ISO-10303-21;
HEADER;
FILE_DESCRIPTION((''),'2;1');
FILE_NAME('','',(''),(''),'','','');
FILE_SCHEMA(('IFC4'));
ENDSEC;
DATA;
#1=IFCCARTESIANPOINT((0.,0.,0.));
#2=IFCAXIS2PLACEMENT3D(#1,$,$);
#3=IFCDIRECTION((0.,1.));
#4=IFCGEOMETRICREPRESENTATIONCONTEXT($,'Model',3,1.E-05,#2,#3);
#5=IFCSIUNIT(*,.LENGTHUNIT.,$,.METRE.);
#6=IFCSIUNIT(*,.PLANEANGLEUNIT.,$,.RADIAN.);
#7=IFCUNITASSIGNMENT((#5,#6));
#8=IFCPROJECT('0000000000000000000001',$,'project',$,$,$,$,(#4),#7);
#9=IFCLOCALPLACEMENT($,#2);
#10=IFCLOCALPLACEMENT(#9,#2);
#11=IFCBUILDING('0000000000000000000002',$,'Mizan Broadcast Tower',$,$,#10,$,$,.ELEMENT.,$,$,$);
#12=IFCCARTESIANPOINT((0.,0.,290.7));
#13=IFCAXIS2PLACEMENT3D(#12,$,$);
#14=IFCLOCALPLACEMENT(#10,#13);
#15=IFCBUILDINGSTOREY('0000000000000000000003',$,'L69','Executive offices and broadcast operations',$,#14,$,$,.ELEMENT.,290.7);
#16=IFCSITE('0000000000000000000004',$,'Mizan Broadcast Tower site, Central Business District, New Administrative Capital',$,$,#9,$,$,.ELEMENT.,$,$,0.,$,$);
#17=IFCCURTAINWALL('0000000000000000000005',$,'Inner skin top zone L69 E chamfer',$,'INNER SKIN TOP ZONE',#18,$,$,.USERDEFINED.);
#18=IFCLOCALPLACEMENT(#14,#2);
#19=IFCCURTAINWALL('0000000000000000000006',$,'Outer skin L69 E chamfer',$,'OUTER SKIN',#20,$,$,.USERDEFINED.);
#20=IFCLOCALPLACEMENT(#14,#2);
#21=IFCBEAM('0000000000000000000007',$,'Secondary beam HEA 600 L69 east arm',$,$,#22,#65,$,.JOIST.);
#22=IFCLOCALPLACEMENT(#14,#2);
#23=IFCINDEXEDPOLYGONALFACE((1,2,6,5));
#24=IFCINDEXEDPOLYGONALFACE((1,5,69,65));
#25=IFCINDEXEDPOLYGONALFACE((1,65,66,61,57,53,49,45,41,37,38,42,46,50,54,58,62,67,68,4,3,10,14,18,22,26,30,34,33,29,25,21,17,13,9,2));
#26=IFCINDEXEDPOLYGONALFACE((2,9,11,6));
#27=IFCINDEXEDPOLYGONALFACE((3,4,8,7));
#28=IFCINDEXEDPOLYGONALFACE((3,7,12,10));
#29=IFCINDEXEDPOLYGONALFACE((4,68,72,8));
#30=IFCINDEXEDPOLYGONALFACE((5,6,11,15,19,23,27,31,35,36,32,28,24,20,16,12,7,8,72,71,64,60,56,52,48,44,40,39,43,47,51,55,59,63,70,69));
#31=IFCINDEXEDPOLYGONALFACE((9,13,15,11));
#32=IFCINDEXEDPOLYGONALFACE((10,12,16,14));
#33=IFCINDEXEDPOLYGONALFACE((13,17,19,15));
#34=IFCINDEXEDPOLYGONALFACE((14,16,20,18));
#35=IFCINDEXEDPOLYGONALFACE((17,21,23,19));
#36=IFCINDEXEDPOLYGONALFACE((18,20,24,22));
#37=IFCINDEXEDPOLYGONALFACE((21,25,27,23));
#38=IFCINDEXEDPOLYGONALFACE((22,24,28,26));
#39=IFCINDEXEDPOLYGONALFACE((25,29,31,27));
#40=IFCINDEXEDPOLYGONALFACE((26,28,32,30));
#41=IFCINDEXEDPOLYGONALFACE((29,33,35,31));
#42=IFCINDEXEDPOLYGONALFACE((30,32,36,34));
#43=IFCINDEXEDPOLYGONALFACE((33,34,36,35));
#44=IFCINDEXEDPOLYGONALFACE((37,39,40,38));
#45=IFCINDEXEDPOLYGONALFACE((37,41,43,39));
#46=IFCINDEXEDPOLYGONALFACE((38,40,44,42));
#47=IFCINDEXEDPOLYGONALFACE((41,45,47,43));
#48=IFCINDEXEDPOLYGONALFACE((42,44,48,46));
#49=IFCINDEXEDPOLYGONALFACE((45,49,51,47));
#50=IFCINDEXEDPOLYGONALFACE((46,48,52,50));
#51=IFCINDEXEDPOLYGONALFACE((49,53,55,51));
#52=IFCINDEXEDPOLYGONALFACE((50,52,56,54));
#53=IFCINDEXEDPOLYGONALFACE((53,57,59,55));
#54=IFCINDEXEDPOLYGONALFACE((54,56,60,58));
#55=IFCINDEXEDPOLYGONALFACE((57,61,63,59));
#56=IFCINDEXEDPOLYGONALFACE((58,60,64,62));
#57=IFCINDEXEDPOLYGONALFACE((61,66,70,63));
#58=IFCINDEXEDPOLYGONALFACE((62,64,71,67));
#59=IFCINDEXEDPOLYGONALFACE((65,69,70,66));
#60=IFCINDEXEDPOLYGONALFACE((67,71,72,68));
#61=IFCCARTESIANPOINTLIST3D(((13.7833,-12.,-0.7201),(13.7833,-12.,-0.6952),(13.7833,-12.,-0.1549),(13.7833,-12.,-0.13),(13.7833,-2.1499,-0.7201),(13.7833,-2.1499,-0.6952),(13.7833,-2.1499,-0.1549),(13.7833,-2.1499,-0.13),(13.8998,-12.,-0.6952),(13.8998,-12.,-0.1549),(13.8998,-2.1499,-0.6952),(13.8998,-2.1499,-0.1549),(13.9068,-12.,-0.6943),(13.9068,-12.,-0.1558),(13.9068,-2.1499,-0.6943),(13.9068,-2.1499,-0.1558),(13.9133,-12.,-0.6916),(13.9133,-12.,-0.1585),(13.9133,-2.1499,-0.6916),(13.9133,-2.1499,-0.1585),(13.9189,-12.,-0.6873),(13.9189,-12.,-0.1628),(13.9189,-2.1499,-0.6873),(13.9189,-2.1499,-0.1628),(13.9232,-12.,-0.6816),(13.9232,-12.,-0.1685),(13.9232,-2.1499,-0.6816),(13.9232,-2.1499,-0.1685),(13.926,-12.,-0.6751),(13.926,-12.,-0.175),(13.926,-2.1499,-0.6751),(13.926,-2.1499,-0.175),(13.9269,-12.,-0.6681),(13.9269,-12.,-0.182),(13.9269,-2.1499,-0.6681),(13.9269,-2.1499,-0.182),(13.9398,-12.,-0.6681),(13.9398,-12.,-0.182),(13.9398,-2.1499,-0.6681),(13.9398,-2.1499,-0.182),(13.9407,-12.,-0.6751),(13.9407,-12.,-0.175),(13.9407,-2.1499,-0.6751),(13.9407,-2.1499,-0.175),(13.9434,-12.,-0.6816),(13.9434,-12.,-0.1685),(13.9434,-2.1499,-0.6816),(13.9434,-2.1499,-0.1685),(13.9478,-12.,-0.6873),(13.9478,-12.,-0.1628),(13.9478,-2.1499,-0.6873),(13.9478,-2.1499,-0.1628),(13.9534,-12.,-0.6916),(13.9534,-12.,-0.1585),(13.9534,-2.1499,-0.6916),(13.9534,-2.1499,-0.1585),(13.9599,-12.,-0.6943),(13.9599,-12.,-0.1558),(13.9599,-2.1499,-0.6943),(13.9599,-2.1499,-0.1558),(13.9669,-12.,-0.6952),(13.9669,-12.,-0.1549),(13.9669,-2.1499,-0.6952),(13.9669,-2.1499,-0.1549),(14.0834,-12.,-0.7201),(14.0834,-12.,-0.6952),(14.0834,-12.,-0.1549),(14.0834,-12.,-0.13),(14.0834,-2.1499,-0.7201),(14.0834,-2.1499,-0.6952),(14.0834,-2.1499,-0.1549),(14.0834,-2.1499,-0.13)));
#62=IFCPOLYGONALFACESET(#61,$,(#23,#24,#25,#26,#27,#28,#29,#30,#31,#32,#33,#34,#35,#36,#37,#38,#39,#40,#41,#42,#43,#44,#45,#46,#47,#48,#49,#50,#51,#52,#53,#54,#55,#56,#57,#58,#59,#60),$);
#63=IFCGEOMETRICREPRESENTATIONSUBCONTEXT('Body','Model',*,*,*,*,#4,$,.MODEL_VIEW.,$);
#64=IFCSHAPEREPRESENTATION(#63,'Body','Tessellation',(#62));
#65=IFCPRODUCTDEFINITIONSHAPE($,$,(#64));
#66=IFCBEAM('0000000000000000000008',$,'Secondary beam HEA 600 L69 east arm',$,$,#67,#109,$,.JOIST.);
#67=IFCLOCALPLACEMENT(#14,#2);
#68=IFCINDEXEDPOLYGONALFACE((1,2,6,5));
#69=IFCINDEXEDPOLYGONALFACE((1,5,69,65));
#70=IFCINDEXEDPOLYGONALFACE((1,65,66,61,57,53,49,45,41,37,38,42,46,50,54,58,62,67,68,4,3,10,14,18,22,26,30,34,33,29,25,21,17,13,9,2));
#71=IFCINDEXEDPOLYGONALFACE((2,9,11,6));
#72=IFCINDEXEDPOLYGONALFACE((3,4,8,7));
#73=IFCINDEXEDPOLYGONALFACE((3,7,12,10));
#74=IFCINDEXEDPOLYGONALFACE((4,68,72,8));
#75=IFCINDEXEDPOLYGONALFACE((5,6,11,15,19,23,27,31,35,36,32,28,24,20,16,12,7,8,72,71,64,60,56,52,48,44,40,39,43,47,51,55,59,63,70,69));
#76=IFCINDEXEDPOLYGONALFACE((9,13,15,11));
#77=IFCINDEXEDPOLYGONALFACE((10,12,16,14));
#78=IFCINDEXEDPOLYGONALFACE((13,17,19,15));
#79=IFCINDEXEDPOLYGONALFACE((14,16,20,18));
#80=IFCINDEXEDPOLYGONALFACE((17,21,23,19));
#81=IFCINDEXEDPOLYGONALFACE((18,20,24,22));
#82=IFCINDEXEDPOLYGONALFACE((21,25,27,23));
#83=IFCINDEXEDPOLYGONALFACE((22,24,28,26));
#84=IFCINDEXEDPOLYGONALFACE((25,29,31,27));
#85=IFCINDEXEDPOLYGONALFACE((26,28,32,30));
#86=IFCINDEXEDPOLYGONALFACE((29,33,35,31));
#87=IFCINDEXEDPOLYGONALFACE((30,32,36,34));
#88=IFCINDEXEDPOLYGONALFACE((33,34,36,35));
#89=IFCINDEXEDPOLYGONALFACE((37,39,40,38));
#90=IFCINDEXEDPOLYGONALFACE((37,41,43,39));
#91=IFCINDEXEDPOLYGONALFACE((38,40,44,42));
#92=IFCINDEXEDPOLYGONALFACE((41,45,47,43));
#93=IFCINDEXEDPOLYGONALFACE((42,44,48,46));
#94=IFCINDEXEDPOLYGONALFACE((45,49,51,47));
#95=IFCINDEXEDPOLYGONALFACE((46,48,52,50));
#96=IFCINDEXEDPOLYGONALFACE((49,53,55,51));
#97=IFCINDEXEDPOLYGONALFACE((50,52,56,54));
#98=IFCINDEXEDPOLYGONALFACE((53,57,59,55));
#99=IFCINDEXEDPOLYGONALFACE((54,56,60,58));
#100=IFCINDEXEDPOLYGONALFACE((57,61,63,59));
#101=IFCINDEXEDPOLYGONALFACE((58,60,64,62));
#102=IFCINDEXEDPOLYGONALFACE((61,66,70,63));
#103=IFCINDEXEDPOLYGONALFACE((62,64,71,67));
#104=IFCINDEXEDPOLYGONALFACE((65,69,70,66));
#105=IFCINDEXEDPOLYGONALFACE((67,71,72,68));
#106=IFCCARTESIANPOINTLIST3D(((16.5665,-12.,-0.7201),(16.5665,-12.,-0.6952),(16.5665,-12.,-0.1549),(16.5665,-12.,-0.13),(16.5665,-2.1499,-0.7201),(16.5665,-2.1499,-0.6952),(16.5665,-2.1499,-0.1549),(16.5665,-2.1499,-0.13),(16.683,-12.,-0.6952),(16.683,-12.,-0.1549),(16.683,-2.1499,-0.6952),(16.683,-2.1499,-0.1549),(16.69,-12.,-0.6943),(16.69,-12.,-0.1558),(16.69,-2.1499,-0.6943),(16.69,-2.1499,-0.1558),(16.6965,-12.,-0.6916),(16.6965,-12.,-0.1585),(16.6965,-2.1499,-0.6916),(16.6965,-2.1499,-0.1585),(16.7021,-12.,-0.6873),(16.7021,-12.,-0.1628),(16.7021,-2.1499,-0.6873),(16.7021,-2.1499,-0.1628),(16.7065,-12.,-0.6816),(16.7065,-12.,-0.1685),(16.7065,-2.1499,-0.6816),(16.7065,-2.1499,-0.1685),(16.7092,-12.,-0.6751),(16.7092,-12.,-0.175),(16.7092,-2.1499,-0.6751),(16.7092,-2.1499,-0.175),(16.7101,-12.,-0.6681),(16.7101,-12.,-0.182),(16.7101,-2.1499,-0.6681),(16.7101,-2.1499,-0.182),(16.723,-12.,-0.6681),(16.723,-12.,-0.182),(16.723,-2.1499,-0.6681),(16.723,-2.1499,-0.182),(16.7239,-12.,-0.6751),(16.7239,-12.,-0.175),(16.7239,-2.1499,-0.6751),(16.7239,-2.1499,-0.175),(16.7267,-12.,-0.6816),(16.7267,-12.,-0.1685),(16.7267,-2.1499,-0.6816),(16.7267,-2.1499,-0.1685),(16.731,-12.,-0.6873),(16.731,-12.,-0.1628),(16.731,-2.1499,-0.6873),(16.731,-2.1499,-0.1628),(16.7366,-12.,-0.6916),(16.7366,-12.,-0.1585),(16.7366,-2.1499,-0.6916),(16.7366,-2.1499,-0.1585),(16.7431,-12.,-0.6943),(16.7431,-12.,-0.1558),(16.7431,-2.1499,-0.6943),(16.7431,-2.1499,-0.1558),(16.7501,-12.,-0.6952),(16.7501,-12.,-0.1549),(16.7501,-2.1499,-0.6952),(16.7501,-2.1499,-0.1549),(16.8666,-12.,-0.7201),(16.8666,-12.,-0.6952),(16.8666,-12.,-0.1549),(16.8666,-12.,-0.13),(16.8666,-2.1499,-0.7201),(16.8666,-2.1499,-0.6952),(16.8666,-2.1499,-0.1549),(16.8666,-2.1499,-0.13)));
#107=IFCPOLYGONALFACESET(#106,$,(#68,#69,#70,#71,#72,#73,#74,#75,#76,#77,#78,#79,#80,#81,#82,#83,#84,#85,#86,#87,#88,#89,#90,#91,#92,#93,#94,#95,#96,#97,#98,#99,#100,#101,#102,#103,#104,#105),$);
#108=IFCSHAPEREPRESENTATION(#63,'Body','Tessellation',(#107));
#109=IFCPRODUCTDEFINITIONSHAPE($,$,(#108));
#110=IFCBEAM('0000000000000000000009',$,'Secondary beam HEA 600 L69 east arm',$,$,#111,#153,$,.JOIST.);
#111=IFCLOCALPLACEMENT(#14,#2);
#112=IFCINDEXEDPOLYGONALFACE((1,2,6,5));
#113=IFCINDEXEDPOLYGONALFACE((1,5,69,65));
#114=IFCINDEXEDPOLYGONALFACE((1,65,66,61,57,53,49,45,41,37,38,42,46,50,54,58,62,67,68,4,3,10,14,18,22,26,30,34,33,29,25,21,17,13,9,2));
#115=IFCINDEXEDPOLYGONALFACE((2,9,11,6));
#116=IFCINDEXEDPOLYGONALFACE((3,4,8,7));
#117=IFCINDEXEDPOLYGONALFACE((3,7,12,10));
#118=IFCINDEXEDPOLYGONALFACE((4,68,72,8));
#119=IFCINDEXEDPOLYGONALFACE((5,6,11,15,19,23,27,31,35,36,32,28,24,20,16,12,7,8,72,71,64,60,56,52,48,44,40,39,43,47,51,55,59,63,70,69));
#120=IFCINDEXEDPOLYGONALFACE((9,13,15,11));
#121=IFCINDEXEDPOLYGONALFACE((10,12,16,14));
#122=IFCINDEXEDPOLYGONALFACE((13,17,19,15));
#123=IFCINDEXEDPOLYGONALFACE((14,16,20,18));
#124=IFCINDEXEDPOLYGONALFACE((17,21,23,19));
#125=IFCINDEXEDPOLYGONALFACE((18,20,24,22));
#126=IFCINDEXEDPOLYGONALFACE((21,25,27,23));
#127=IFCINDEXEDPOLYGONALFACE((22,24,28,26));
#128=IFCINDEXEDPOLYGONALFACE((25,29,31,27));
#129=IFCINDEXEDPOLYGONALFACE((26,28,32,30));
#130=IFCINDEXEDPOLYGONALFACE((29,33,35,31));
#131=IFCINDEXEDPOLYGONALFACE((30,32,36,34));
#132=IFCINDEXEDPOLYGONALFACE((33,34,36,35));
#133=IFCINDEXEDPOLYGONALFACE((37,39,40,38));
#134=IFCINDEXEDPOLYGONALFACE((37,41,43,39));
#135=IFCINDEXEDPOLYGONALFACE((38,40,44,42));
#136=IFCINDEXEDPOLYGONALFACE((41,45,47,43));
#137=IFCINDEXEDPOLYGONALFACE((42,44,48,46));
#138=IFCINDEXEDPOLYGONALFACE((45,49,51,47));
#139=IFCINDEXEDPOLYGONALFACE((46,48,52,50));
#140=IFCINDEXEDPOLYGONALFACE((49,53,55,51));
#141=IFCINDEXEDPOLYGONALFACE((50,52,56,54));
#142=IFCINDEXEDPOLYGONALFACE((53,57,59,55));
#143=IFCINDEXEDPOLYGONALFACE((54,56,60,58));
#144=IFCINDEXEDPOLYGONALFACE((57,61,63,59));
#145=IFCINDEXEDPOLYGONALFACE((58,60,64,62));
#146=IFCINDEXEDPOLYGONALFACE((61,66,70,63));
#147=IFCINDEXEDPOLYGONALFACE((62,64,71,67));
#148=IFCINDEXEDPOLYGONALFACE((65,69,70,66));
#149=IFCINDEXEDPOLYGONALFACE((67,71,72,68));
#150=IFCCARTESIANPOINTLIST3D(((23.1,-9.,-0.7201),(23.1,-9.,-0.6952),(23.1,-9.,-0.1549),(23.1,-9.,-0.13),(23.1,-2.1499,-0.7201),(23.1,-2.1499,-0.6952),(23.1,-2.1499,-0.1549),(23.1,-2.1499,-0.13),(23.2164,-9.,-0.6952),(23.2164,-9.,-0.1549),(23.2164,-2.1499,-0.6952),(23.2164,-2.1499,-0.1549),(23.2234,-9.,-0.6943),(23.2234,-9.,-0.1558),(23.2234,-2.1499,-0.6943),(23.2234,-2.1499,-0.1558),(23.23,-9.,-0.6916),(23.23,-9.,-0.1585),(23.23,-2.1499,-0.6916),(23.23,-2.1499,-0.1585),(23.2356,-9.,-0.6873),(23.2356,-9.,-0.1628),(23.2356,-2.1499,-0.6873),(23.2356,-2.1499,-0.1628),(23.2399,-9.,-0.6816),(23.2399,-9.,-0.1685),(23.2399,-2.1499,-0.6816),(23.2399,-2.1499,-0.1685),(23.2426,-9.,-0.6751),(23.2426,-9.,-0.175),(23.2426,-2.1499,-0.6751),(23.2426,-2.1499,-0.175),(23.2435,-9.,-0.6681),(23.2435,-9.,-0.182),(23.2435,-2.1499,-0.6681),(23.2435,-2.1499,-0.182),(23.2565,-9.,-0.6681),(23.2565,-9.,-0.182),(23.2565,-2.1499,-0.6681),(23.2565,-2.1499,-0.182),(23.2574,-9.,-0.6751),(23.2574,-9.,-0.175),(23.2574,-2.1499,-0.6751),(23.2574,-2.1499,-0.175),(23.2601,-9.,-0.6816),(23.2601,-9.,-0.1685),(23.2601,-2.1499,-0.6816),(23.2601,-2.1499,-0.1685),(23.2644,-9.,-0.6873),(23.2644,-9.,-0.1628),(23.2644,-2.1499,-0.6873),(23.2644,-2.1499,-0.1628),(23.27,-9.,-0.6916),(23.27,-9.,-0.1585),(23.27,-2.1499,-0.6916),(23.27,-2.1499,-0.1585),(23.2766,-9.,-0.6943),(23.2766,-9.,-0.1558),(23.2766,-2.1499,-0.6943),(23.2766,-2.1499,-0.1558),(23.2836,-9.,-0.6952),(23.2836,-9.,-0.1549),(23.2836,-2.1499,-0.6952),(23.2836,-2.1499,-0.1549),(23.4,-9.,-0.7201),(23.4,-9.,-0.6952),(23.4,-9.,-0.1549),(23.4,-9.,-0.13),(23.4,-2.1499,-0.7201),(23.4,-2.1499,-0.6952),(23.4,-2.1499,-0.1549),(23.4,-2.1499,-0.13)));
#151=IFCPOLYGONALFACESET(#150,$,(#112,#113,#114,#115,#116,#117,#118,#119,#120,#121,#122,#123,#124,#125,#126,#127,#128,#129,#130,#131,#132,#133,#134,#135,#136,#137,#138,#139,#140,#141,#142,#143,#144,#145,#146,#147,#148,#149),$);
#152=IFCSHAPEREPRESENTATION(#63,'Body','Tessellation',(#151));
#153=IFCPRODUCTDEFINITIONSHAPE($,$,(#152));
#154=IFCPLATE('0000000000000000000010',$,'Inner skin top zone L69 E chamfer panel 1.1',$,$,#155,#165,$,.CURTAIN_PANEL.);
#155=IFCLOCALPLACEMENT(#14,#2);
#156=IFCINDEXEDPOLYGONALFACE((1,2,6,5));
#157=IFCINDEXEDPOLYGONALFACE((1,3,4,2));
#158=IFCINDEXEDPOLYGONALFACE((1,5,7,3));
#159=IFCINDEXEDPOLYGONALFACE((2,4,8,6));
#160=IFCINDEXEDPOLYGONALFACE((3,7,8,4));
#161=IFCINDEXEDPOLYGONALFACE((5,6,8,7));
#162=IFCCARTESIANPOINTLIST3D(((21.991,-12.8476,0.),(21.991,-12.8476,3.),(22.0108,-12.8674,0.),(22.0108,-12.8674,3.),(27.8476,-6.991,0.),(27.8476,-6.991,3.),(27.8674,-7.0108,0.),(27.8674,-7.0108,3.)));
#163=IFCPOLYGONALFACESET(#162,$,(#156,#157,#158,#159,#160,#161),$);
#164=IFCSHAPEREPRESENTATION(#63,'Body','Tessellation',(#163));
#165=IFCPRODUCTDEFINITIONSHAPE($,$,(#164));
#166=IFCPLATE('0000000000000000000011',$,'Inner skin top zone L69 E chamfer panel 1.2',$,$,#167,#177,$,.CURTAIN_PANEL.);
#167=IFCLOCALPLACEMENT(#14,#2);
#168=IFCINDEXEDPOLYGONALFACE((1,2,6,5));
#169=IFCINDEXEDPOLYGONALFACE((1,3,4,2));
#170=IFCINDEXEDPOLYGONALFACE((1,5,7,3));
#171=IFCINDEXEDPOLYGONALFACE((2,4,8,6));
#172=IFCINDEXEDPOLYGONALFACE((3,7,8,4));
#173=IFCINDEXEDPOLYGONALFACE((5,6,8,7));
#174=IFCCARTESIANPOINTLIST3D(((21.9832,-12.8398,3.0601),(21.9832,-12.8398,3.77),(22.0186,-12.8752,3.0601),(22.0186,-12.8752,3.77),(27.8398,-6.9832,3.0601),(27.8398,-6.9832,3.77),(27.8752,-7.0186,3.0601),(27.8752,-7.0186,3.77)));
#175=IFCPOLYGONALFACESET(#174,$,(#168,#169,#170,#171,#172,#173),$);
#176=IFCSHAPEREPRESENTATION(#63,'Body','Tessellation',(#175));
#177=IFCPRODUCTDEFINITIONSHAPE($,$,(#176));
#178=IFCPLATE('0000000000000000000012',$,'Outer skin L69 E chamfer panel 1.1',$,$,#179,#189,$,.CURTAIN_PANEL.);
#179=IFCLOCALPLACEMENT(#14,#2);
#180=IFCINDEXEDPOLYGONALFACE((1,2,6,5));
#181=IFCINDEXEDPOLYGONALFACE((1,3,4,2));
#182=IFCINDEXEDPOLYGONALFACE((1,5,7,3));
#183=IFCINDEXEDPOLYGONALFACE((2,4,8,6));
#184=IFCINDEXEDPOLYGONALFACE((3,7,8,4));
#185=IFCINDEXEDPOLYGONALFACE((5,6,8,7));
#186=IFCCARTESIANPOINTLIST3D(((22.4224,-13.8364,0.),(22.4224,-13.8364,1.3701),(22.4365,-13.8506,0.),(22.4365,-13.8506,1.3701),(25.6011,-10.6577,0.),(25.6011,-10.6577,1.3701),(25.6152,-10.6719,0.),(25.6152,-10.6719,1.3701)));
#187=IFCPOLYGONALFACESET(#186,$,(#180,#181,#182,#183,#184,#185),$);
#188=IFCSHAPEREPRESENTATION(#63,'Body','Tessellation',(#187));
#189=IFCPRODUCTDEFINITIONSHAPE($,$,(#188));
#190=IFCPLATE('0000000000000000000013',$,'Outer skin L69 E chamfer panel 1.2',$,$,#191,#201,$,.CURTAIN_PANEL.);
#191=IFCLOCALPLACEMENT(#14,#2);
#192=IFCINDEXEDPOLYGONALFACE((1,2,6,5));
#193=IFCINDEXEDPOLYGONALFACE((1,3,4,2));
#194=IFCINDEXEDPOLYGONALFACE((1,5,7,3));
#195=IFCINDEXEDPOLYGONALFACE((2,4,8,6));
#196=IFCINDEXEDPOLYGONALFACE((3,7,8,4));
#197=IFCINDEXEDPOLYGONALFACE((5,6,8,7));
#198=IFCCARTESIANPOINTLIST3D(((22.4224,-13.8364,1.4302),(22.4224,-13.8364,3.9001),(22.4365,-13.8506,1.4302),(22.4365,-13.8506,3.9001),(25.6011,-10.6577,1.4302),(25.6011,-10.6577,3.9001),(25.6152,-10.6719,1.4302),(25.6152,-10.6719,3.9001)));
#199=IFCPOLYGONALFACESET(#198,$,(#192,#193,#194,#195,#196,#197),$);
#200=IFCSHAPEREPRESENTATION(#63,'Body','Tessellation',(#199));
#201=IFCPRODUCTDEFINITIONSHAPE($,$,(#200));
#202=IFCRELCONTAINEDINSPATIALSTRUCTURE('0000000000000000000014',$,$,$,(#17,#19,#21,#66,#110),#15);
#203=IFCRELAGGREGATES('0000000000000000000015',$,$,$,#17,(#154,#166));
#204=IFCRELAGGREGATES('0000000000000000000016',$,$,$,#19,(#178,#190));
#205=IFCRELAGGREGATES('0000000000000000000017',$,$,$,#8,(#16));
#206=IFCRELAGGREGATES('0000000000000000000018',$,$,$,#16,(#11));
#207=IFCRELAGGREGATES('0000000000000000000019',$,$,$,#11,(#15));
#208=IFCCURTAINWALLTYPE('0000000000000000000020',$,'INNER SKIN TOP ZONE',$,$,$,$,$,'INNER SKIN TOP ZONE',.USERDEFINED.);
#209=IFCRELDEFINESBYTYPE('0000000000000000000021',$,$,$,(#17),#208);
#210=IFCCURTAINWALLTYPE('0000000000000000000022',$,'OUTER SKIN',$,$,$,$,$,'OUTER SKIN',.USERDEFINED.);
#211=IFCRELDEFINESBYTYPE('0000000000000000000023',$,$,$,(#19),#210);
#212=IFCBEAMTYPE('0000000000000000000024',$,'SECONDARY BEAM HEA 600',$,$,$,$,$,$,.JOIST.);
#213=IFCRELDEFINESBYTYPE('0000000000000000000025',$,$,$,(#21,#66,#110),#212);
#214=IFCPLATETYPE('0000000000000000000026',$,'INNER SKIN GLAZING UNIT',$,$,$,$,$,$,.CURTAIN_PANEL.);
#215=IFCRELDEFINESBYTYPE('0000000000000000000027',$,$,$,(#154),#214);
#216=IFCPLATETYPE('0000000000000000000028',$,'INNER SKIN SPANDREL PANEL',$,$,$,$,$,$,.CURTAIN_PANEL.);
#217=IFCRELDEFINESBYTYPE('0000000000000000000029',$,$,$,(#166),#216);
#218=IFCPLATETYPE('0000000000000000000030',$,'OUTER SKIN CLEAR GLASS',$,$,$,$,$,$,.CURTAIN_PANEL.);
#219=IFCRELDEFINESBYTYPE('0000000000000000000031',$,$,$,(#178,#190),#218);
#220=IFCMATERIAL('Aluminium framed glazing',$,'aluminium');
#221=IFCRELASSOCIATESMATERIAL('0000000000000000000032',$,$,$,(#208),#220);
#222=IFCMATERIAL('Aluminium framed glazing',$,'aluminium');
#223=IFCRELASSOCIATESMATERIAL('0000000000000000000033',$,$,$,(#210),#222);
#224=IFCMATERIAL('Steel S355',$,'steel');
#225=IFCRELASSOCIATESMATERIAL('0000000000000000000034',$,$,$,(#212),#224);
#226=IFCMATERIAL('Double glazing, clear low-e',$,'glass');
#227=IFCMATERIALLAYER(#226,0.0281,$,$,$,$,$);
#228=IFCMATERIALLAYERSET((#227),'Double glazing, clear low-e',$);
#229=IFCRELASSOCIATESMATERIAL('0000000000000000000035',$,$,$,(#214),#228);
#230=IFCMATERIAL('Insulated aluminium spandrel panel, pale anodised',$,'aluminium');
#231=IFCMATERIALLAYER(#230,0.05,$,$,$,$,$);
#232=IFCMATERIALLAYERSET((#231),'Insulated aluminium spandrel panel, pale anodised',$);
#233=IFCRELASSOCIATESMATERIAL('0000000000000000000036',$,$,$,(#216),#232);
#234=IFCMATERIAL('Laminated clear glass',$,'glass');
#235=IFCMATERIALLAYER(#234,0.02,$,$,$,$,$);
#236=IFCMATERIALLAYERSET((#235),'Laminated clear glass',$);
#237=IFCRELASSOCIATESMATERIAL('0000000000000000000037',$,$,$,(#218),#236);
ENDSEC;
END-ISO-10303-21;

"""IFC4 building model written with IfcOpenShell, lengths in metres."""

from ifc_helpers import new_model, si_unit, direction, frame, origin, origin_2d, place, context, subcontext, project, spatial, rectangle, i_section, extrude, material, layer, layer_set, material_profile, profile_set, type_object, element, aggregate, save


model = new_model("IFC4")

# Units and contexts
model_context = context("Model", 3, precision=1e-05, world=origin(), true_north=direction((0.0, 1.0)))
body_context = subcontext(model_context, "Body", "Model", "MODEL_VIEW")
ifc_project = project(units=[si_unit("LENGTHUNIT", "METRE"), si_unit("PLANEANGLEUNIT", "RADIAN")], contexts=[model_context])

# Site, building, storey
site_placement = place(None, origin())
site = spatial("IfcSite", under=ifc_project, at=site_placement, Name="Mizan Broadcast Tower site, Central Business District, New Administrative Capital", CompositionType="ELEMENT", RefElevation=0.0)
building_placement = place(site_placement, origin())
building = spatial("IfcBuilding", under=site, at=building_placement, Name="Mizan Broadcast Tower", CompositionType="ELEMENT")
storey_placement = place(building_placement, frame((0.0, 0.0, 290.7)))
storey = spatial("IfcBuildingStorey", under=building, at=storey_placement, Name="L69", Description="Executive offices and broadcast operations", CompositionType="ELEMENT", Elevation=290.7)

# Curtain wall
ifc_material_1 = material(Name="Aluminium framed glazing", Category="aluminium")
curtain_wall_type_1 = type_object("IfcCurtainWallType", Name="INNER SKIN TOP ZONE", ElementType="INNER SKIN TOP ZONE", PredefinedType="USERDEFINED", material=ifc_material_1)
curtain_wall_1_placement = place(storey_placement, origin())
curtain_wall_1 = element("IfcCurtainWall", 1, at=curtain_wall_1_placement, inside=storey, type_object=curtain_wall_type_1, Name="Inner skin top zone L69 E chamfer", ObjectType="INNER SKIN TOP ZONE", PredefinedType="USERDEFINED")

# Curtain wall
ifc_material_2 = material(Name="Aluminium framed glazing", Category="aluminium")
curtain_wall_type_2 = type_object("IfcCurtainWallType", Name="OUTER SKIN", ElementType="OUTER SKIN", PredefinedType="USERDEFINED", material=ifc_material_2)
curtain_wall_2_placement = place(storey_placement, origin())
curtain_wall_2 = element("IfcCurtainWall", 2, at=curtain_wall_2_placement, inside=storey, type_object=curtain_wall_type_2, Name="Outer skin L69 E chamfer", ObjectType="OUTER SKIN", PredefinedType="USERDEFINED")

# Beams
ifc_material_3 = material(Name="Steel S355", Category="steel")
ifc_material_profile_1 = material_profile(ifc_material_3, i_section(OverallWidth=0.3, OverallDepth=0.5901, WebThickness=0.0129, FlangeThickness=0.0249, FilletRadius=0.0271, at=origin_2d()), Name="HEA 600")
ifc_profile_set_1 = profile_set([ifc_material_profile_1], Name="Steel S355")
beam_type_1 = type_object("IfcBeamType", Name="SECONDARY BEAM HEA 600", PredefinedType="JOIST", material=ifc_profile_set_1)
for number, where, z_axis, x_axis, name in (
    (3, (13.9333, -12.0, -0.425), (0.0, 1.0, 0.0), (-1.0, 0.0, 0.0), "Secondary beam HEA 600 L69 east arm"),
    (4, (16.7166, -12.0, -0.425), (0.0, 1.0, 0.0), (-1.0, 0.0, 0.0), "Secondary beam HEA 600 L69 east arm"),
):
    element("IfcBeam", number, at=place(storey_placement, frame(where, z_axis=z_axis, x_axis=x_axis)), inside=storey, type_object=beam_type_1, Name=name, PredefinedType="JOIST", context=body_context, shape_type="SweptSolid", body=[
        extrude(i_section(OverallWidth=0.3, OverallDepth=0.5901, WebThickness=0.0129, FlangeThickness=0.0249, FilletRadius=0.0271, at=origin_2d()), origin(), (0.0, 0.0, 1.0), 9.8501),
    ])
beam_1_placement = place(storey_placement, frame((23.25, -9.0, -0.425), z_axis=(0.0, 1.0, 0.0), x_axis=(-1.0, 0.0, 0.0)))
element("IfcBeam", 5, at=beam_1_placement, inside=storey, type_object=beam_type_1, Name="Secondary beam HEA 600 L69 east arm", PredefinedType="JOIST", context=body_context, shape_type="SweptSolid", body=[
    extrude(i_section(OverallWidth=0.3, OverallDepth=0.5901, WebThickness=0.0129, FlangeThickness=0.0249, FilletRadius=0.0271, at=origin_2d()), origin(), (0.0, 0.0, 1.0), 6.8501),
])

# Plates
ifc_material_4 = material(Name="Double glazing, clear low-e", Category="glass")
ifc_layer_1 = layer(ifc_material_4, 0.0281)
ifc_layer_set_1 = layer_set([ifc_layer_1], Name="Double glazing, clear low-e")
plate_type_1 = type_object("IfcPlateType", Name="INNER SKIN GLAZING UNIT", PredefinedType="CURTAIN_PANEL", material=ifc_layer_set_1)
plate_1_placement = place(storey_placement, frame((24.9292, -9.9292, 0.0), z_axis=(0.0, 0.0, 1.0), x_axis=(0.707107, 0.707107, 0.0)))
plate_1 = element("IfcPlate", 6, at=plate_1_placement, type_object=plate_type_1, Name="Inner skin top zone L69 E chamfer panel 1.1", PredefinedType="CURTAIN_PANEL", context=body_context, shape_type="SweptSolid", body=[
    extrude(rectangle(XDim=8.2825, YDim=0.0281, at=origin_2d()), origin(), (0.0, 0.0, 1.0), 3.0),
])
ifc_material_5 = material(Name="Insulated aluminium spandrel panel, pale anodised", Category="aluminium")
ifc_layer_2 = layer(ifc_material_5, 0.05)
ifc_layer_set_2 = layer_set([ifc_layer_2], Name="Insulated aluminium spandrel panel, pale anodised")
plate_type_2 = type_object("IfcPlateType", Name="INNER SKIN SPANDREL PANEL", PredefinedType="CURTAIN_PANEL", material=ifc_layer_set_2)
plate_2_placement = place(storey_placement, frame((24.9292, -9.9292, 3.0601), z_axis=(0.0, 0.0, 1.0), x_axis=(0.707107, 0.707107, 0.0)))
plate_2 = element("IfcPlate", 7, at=plate_2_placement, type_object=plate_type_2, Name="Inner skin top zone L69 E chamfer panel 1.2", PredefinedType="CURTAIN_PANEL", context=body_context, shape_type="SweptSolid", body=[
    extrude(rectangle(XDim=8.2825, YDim=0.05, at=origin_2d()), origin(), (0.0, 0.0, 1.0), 0.71),
])
aggregate(curtain_wall_1, [plate_1, plate_2])
ifc_material_6 = material(Name="Laminated clear glass", Category="glass")
ifc_layer_3 = layer(ifc_material_6, 0.02)
ifc_layer_set_3 = layer_set([ifc_layer_3], Name="Laminated clear glass")
plate_type_3 = type_object("IfcPlateType", Name="OUTER SKIN CLEAR GLASS", PredefinedType="CURTAIN_PANEL", material=ifc_layer_set_3)
plate_3_placement = place(storey_placement, frame((24.0188, -12.2542, 0.0), z_axis=(0.0, 0.0, 1.0), x_axis=(0.707107, 0.707107, 0.0)))
plate_3 = element("IfcPlate", 8, at=plate_3_placement, type_object=plate_type_3, Name="Outer skin L69 E chamfer panel 1.1", PredefinedType="CURTAIN_PANEL", context=body_context, shape_type="SweptSolid", body=[
    extrude(rectangle(XDim=4.4954, YDim=0.02, at=origin_2d()), origin(), (0.0, 0.0, 1.0), 1.3701),
])
plate_4_placement = place(storey_placement, frame((24.0188, -12.2542, 1.4302), z_axis=(0.0, 0.0, 1.0), x_axis=(0.707107, 0.707107, 0.0)))
plate_4 = element("IfcPlate", 9, at=plate_4_placement, type_object=plate_type_3, Name="Outer skin L69 E chamfer panel 1.2", PredefinedType="CURTAIN_PANEL", context=body_context, shape_type="SweptSolid", body=[
    extrude(rectangle(XDim=4.4954, YDim=0.02, at=origin_2d()), origin(), (0.0, 0.0, 1.0), 2.47),
])
aggregate(curtain_wall_2, [plate_3, plate_4])

save(model, "model.ifc")
